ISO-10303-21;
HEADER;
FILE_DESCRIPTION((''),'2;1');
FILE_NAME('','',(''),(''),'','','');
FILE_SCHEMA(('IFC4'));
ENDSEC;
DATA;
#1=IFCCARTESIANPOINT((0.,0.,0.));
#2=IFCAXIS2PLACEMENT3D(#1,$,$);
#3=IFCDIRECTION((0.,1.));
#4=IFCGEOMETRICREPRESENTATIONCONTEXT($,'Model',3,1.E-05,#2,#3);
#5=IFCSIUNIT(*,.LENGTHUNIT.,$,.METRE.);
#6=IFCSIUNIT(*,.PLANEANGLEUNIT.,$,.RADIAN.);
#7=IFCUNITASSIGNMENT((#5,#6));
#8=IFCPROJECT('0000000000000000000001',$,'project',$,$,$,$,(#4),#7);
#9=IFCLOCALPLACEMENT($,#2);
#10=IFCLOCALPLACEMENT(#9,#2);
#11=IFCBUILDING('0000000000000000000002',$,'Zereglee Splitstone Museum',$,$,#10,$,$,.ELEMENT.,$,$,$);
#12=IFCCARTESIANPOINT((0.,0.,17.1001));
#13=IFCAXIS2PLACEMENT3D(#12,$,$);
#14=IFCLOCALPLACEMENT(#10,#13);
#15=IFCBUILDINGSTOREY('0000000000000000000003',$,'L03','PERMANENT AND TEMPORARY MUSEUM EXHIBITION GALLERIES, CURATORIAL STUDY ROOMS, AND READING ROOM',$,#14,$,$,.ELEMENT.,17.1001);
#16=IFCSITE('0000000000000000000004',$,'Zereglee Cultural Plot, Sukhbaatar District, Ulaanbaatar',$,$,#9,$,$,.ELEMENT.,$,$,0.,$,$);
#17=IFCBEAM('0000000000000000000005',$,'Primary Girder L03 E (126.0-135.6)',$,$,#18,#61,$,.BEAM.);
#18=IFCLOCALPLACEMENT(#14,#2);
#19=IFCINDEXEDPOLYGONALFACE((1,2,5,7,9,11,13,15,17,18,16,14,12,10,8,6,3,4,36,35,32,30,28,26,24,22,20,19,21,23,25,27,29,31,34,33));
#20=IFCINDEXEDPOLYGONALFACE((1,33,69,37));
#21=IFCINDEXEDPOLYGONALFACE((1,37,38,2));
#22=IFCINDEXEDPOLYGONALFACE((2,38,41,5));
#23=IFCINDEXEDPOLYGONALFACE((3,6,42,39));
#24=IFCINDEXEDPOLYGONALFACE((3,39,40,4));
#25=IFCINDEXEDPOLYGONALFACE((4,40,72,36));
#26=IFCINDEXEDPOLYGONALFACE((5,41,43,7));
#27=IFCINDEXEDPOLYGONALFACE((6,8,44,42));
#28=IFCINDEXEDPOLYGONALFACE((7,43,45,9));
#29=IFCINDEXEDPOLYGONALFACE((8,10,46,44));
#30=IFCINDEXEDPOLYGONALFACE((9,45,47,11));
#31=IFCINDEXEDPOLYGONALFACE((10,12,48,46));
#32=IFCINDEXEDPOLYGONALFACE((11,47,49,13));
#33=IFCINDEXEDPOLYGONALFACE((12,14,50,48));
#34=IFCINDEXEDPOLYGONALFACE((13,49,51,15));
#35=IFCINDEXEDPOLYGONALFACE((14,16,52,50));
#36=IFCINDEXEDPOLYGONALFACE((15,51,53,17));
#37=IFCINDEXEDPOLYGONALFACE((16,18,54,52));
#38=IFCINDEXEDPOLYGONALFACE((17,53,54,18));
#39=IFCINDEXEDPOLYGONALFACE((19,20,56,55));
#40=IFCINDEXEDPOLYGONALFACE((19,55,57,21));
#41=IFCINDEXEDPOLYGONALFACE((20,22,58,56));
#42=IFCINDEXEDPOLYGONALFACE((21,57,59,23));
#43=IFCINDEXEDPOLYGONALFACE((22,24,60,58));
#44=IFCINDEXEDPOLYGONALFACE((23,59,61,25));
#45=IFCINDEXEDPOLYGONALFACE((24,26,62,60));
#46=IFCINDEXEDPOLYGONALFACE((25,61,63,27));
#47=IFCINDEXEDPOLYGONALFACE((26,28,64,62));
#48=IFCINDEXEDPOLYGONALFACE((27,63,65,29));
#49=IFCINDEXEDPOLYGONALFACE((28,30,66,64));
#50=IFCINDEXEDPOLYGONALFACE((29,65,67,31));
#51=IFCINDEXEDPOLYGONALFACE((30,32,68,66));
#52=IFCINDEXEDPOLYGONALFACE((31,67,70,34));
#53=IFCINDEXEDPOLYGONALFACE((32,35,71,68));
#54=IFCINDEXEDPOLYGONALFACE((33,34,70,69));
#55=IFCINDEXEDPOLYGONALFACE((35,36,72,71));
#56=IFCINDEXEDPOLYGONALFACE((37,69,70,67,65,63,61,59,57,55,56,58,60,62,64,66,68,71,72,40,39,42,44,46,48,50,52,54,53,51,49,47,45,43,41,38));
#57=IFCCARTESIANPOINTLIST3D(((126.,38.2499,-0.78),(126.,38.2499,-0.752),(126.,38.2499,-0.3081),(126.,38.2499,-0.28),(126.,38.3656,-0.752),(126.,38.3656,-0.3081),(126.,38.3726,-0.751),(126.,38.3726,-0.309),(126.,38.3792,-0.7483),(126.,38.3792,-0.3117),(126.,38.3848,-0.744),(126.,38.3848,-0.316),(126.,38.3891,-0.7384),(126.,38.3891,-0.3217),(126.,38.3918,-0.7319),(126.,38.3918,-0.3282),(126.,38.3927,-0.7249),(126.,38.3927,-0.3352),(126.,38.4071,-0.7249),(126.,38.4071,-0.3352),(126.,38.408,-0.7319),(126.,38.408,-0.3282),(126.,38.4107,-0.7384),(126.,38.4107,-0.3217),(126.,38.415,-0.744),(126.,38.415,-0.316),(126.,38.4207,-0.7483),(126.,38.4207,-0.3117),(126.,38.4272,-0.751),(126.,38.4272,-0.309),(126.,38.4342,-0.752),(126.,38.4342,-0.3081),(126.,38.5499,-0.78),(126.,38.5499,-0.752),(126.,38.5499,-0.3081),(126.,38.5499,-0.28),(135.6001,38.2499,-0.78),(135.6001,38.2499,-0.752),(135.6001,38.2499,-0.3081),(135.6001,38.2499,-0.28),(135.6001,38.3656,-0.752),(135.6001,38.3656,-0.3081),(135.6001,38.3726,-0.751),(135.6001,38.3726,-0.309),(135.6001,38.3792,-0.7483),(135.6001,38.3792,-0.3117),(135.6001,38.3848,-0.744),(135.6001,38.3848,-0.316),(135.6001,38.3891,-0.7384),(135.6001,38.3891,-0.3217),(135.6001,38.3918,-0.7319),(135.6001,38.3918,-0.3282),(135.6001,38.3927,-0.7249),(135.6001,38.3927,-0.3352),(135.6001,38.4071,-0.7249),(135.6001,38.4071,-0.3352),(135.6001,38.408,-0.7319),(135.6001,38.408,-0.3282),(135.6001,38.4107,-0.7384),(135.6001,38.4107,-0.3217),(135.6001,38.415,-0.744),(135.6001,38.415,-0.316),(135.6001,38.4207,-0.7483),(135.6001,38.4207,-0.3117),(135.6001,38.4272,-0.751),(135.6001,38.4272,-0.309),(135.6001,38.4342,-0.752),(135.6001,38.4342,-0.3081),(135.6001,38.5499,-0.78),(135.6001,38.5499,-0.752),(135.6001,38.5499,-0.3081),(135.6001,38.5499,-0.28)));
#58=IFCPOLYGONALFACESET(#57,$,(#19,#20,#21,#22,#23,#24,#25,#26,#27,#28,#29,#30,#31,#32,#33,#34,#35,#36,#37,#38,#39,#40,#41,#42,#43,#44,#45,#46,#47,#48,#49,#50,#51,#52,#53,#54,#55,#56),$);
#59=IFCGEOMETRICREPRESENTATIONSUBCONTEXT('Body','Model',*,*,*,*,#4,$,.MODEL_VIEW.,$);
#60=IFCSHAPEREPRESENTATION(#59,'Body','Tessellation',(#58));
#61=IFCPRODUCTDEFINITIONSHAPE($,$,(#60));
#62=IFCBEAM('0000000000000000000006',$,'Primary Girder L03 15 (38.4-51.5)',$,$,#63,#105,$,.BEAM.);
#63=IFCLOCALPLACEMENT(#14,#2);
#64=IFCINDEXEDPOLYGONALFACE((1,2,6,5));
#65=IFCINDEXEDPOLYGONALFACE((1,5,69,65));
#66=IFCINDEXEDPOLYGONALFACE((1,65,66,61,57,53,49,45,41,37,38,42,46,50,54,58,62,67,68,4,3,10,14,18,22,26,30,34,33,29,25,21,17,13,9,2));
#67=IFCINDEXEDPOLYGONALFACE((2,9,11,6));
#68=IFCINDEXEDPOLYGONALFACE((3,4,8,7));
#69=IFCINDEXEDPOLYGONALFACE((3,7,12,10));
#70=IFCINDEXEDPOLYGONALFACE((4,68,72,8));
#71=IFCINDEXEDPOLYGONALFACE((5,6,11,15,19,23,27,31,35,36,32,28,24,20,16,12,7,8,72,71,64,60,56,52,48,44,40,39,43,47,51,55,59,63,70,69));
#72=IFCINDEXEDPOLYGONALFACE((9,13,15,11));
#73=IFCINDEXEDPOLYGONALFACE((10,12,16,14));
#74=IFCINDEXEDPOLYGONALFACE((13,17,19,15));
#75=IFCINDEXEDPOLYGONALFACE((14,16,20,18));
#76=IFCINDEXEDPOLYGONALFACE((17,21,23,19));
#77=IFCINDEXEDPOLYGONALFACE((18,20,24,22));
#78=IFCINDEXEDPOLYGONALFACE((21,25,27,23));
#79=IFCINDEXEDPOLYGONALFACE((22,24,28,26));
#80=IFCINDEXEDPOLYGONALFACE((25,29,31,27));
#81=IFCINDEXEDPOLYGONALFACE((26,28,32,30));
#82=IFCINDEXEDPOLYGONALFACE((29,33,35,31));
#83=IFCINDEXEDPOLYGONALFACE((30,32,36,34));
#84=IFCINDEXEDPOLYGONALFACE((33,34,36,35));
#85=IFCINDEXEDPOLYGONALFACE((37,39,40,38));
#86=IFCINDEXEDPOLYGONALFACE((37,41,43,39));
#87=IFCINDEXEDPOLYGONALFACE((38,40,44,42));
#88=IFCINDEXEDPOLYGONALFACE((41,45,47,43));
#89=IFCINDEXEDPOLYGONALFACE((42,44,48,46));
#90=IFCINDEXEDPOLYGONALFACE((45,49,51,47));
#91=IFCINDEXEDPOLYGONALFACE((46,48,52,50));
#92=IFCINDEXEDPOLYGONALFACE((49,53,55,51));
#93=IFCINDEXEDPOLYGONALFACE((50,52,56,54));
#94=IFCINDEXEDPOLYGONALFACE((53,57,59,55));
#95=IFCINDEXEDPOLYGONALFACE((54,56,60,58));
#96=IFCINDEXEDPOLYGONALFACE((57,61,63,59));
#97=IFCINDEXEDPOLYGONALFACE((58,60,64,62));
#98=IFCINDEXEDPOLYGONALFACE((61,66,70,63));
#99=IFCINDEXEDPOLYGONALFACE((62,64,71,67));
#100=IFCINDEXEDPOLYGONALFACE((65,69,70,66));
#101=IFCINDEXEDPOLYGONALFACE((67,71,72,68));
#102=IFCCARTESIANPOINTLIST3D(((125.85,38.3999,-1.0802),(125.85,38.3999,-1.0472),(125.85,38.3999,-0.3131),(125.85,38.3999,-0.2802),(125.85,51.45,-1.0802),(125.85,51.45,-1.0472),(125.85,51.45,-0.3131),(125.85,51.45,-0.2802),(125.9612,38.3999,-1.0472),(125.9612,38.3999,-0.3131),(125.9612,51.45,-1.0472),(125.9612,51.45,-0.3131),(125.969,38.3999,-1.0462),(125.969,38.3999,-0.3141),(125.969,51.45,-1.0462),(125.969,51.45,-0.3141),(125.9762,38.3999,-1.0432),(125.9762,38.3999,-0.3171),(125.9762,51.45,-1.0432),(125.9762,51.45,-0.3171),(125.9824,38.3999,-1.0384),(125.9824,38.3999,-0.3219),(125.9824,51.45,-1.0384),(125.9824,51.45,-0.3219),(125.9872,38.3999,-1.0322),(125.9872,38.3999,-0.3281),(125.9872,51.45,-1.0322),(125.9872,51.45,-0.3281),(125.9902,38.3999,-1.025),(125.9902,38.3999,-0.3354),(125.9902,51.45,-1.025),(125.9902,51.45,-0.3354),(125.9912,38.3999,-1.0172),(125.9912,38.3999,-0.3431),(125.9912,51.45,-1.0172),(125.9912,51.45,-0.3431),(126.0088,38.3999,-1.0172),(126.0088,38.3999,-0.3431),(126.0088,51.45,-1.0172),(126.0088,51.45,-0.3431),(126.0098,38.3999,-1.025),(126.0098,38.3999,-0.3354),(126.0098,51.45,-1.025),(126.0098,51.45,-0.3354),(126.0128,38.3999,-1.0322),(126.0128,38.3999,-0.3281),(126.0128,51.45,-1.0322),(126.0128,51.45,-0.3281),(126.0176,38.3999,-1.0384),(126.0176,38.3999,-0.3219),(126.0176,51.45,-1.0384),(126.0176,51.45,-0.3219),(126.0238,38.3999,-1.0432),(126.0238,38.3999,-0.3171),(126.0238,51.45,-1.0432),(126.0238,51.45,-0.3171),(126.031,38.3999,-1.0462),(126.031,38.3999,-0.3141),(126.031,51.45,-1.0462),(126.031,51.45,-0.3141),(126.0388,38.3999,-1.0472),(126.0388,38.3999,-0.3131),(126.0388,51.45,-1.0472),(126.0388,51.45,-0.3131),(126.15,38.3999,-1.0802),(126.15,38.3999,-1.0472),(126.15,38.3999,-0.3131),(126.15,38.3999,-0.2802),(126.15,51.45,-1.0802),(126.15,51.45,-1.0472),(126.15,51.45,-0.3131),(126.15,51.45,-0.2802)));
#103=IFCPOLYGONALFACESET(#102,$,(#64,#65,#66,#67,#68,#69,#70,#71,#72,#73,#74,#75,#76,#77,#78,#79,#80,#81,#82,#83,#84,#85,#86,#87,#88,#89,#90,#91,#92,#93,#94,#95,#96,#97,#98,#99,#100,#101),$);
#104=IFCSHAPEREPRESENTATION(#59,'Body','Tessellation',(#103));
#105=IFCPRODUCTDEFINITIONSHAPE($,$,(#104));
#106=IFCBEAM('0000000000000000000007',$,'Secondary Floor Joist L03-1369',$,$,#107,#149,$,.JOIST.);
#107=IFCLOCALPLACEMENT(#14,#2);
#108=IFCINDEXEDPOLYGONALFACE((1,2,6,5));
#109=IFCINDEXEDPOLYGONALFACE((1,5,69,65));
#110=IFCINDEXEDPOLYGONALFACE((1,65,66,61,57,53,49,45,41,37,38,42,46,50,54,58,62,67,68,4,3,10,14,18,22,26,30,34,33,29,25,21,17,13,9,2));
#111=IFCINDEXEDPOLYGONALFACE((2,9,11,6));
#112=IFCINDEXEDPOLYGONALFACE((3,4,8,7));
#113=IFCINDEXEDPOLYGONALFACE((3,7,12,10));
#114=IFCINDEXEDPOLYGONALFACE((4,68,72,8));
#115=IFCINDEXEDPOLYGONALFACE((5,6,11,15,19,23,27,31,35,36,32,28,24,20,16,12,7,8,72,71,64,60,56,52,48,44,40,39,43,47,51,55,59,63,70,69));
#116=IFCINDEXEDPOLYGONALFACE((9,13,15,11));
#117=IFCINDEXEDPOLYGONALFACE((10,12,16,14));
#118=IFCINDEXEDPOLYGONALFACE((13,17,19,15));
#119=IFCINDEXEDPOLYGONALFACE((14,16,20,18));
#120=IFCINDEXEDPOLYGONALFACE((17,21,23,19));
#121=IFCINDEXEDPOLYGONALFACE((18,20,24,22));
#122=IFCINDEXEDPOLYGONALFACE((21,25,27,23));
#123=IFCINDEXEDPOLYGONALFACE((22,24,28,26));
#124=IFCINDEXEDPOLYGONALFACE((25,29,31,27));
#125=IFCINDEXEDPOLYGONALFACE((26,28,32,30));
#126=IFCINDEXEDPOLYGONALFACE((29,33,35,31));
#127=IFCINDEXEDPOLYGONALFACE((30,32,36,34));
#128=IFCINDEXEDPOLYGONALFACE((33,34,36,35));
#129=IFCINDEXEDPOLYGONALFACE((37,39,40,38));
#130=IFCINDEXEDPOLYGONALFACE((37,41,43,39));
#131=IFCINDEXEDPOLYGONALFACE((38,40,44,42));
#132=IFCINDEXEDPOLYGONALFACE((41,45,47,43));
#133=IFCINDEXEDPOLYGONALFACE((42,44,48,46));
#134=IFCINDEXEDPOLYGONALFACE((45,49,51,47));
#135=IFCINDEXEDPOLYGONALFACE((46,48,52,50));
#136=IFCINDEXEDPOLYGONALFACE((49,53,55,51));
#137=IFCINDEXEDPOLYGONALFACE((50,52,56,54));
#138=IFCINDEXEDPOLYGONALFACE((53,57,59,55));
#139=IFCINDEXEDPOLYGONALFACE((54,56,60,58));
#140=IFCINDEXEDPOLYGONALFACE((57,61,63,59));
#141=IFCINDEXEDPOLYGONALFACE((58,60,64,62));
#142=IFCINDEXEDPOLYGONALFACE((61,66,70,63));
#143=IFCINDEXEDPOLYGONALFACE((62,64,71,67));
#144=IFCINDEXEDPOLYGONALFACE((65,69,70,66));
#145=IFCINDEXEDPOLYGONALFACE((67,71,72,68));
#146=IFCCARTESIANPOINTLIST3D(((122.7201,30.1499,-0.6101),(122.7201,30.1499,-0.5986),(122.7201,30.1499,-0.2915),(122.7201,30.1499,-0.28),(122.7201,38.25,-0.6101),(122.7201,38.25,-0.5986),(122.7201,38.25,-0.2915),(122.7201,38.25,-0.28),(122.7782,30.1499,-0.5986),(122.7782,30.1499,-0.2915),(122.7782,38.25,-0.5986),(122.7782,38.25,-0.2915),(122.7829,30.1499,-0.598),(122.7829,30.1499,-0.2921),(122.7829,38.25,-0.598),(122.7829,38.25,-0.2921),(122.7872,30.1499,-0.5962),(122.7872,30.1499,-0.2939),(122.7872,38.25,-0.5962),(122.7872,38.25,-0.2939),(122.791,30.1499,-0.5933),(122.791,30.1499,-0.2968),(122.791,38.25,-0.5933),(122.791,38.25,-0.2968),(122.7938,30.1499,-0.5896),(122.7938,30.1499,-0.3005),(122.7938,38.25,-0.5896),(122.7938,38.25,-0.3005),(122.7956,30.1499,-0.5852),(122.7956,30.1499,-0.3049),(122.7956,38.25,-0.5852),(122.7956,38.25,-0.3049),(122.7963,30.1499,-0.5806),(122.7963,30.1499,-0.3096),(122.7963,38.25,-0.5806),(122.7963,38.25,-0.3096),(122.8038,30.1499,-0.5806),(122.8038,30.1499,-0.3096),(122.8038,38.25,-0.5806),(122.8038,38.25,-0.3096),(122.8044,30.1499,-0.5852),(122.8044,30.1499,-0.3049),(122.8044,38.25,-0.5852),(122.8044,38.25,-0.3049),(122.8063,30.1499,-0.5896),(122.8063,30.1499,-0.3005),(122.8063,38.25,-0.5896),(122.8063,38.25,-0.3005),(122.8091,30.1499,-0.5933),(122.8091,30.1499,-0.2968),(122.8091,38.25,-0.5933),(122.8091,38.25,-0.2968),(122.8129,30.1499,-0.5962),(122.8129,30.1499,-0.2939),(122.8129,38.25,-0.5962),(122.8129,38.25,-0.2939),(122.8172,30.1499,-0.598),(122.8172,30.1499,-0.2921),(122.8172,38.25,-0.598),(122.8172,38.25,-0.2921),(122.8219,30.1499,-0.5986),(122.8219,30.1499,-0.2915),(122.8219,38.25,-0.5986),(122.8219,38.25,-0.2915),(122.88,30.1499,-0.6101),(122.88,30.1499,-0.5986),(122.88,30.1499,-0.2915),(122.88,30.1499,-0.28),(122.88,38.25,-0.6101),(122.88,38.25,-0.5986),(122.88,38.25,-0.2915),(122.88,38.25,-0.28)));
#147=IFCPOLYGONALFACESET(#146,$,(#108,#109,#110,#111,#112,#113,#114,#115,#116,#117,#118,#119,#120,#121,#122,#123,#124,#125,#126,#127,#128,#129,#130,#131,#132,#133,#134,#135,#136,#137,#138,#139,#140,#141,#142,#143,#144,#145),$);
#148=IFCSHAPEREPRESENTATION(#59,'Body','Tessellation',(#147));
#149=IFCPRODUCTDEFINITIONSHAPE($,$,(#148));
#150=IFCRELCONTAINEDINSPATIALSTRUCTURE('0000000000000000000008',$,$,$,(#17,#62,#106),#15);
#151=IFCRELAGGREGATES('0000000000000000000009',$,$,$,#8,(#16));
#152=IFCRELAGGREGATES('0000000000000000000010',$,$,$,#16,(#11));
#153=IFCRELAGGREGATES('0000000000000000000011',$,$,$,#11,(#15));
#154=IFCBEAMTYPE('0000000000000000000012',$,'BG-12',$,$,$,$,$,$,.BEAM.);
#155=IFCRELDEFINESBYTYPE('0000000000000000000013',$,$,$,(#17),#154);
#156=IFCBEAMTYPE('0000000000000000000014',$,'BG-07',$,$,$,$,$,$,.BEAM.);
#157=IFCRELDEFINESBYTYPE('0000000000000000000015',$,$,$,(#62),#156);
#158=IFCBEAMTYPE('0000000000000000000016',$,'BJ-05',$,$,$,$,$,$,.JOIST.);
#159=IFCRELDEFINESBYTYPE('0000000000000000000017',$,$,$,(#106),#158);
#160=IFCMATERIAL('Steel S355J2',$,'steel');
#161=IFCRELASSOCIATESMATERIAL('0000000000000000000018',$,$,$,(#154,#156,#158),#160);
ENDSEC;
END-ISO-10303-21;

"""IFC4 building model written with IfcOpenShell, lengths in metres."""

from ifc_helpers import new_model, si_unit, direction, frame, origin, origin_2d, place, context, subcontext, project, spatial, i_section, extrude, material, material_profile, profile_set, type_object, element, save


model = new_model("IFC4")

# Units and contexts
model_context = context("Model", 3, precision=1e-05, world=origin(), true_north=direction((0.0, 1.0)))
body_context = subcontext(model_context, "Body", "Model", "MODEL_VIEW")
ifc_project = project(units=[si_unit("LENGTHUNIT", "METRE"), si_unit("PLANEANGLEUNIT", "RADIAN")], contexts=[model_context])

# Site, building, storey
site_placement = place(None, origin())
site = spatial("IfcSite", under=ifc_project, at=site_placement, Name="Zereglee Cultural Plot, Sukhbaatar District, Ulaanbaatar", CompositionType="ELEMENT", RefElevation=0.0)
building_placement = place(site_placement, origin())
building = spatial("IfcBuilding", under=site, at=building_placement, Name="Zereglee Splitstone Museum", CompositionType="ELEMENT")
storey_placement = place(building_placement, frame((0.0, 0.0, 17.1001)))
storey = spatial("IfcBuildingStorey", under=building, at=storey_placement, Name="L03", Description="PERMANENT AND TEMPORARY MUSEUM EXHIBITION GALLERIES, CURATORIAL STUDY ROOMS, AND READING ROOM", CompositionType="ELEMENT", Elevation=17.1001)

# Shared definitions
ifc_material_1 = material(Name="Steel S355J2", Category="steel")

# Beams
ifc_material_profile_1 = material_profile(ifc_material_1, i_section(OverallWidth=0.3, OverallDepth=0.5, WebThickness=0.0144, FlangeThickness=0.0281, FilletRadius=0.0271, at=origin_2d()), Name="HE 500 B")
ifc_profile_set_1 = profile_set([ifc_material_profile_1], Name="Steel S355J2")
beam_type_1 = type_object("IfcBeamType", Name="BG-12", PredefinedType="BEAM", material=ifc_profile_set_1)
beam_1_placement = place(storey_placement, frame((126.0, 38.3999, -0.53), z_axis=(1.0, 0.0, 0.0), x_axis=(0.0, 1.0, 0.0)))
element("IfcBeam", 1, at=beam_1_placement, inside=storey, type_object=beam_type_1, Name="Primary Girder L03 E (126.0-135.6)", PredefinedType="BEAM", context=body_context, shape_type="SweptSolid", body=[
    extrude(i_section(OverallWidth=0.3, OverallDepth=0.5, WebThickness=0.0144, FlangeThickness=0.0281, FilletRadius=0.0271, at=origin_2d()), origin(), (0.0, 0.0, 1.0), 9.6001),
])
ifc_material_profile_2 = material_profile(ifc_material_1, i_section(OverallWidth=0.3, OverallDepth=0.8, WebThickness=0.0176, FlangeThickness=0.033, FilletRadius=0.03, at=origin_2d()), Name="HE 800 B")
ifc_profile_set_2 = profile_set([ifc_material_profile_2], Name="Steel S355J2")
beam_type_2 = type_object("IfcBeamType", Name="BG-07", PredefinedType="BEAM", material=ifc_profile_set_2)
beam_2_placement = place(storey_placement, frame((126.0, 38.3999, -0.6802), z_axis=(0.0, 1.0, 0.0), x_axis=(-1.0, 0.0, 0.0)))
element("IfcBeam", 2, at=beam_2_placement, inside=storey, type_object=beam_type_2, Name="Primary Girder L03 15 (38.4-51.5)", PredefinedType="BEAM", context=body_context, shape_type="SweptSolid", body=[
    extrude(i_section(OverallWidth=0.3, OverallDepth=0.8, WebThickness=0.0176, FlangeThickness=0.033, FilletRadius=0.03, at=origin_2d()), origin(), (0.0, 0.0, 1.0), 13.05),
])
ifc_material_profile_3 = material_profile(ifc_material_1, i_section(OverallWidth=0.1599, OverallDepth=0.3301, WebThickness=0.0076, FlangeThickness=0.0115, FilletRadius=0.0181, at=origin_2d()), Name="IPE 330")
ifc_profile_set_3 = profile_set([ifc_material_profile_3], Name="Steel S355J2")
beam_type_3 = type_object("IfcBeamType", Name="BJ-05", PredefinedType="JOIST", material=ifc_profile_set_3)
beam_3_placement = place(storey_placement, frame((122.8, 30.1499, -0.4451), z_axis=(0.0, 1.0, 0.0), x_axis=(-1.0, 0.0, 0.0)))
element("IfcBeam", 3, at=beam_3_placement, inside=storey, type_object=beam_type_3, Name="Secondary Floor Joist L03-1369", PredefinedType="JOIST", context=body_context, shape_type="SweptSolid", body=[
    extrude(i_section(OverallWidth=0.1599, OverallDepth=0.3301, WebThickness=0.0076, FlangeThickness=0.0115, FilletRadius=0.0181, at=origin_2d()), origin(), (0.0, 0.0, 1.0), 8.1001),
])

save(model, "model.ifc")
